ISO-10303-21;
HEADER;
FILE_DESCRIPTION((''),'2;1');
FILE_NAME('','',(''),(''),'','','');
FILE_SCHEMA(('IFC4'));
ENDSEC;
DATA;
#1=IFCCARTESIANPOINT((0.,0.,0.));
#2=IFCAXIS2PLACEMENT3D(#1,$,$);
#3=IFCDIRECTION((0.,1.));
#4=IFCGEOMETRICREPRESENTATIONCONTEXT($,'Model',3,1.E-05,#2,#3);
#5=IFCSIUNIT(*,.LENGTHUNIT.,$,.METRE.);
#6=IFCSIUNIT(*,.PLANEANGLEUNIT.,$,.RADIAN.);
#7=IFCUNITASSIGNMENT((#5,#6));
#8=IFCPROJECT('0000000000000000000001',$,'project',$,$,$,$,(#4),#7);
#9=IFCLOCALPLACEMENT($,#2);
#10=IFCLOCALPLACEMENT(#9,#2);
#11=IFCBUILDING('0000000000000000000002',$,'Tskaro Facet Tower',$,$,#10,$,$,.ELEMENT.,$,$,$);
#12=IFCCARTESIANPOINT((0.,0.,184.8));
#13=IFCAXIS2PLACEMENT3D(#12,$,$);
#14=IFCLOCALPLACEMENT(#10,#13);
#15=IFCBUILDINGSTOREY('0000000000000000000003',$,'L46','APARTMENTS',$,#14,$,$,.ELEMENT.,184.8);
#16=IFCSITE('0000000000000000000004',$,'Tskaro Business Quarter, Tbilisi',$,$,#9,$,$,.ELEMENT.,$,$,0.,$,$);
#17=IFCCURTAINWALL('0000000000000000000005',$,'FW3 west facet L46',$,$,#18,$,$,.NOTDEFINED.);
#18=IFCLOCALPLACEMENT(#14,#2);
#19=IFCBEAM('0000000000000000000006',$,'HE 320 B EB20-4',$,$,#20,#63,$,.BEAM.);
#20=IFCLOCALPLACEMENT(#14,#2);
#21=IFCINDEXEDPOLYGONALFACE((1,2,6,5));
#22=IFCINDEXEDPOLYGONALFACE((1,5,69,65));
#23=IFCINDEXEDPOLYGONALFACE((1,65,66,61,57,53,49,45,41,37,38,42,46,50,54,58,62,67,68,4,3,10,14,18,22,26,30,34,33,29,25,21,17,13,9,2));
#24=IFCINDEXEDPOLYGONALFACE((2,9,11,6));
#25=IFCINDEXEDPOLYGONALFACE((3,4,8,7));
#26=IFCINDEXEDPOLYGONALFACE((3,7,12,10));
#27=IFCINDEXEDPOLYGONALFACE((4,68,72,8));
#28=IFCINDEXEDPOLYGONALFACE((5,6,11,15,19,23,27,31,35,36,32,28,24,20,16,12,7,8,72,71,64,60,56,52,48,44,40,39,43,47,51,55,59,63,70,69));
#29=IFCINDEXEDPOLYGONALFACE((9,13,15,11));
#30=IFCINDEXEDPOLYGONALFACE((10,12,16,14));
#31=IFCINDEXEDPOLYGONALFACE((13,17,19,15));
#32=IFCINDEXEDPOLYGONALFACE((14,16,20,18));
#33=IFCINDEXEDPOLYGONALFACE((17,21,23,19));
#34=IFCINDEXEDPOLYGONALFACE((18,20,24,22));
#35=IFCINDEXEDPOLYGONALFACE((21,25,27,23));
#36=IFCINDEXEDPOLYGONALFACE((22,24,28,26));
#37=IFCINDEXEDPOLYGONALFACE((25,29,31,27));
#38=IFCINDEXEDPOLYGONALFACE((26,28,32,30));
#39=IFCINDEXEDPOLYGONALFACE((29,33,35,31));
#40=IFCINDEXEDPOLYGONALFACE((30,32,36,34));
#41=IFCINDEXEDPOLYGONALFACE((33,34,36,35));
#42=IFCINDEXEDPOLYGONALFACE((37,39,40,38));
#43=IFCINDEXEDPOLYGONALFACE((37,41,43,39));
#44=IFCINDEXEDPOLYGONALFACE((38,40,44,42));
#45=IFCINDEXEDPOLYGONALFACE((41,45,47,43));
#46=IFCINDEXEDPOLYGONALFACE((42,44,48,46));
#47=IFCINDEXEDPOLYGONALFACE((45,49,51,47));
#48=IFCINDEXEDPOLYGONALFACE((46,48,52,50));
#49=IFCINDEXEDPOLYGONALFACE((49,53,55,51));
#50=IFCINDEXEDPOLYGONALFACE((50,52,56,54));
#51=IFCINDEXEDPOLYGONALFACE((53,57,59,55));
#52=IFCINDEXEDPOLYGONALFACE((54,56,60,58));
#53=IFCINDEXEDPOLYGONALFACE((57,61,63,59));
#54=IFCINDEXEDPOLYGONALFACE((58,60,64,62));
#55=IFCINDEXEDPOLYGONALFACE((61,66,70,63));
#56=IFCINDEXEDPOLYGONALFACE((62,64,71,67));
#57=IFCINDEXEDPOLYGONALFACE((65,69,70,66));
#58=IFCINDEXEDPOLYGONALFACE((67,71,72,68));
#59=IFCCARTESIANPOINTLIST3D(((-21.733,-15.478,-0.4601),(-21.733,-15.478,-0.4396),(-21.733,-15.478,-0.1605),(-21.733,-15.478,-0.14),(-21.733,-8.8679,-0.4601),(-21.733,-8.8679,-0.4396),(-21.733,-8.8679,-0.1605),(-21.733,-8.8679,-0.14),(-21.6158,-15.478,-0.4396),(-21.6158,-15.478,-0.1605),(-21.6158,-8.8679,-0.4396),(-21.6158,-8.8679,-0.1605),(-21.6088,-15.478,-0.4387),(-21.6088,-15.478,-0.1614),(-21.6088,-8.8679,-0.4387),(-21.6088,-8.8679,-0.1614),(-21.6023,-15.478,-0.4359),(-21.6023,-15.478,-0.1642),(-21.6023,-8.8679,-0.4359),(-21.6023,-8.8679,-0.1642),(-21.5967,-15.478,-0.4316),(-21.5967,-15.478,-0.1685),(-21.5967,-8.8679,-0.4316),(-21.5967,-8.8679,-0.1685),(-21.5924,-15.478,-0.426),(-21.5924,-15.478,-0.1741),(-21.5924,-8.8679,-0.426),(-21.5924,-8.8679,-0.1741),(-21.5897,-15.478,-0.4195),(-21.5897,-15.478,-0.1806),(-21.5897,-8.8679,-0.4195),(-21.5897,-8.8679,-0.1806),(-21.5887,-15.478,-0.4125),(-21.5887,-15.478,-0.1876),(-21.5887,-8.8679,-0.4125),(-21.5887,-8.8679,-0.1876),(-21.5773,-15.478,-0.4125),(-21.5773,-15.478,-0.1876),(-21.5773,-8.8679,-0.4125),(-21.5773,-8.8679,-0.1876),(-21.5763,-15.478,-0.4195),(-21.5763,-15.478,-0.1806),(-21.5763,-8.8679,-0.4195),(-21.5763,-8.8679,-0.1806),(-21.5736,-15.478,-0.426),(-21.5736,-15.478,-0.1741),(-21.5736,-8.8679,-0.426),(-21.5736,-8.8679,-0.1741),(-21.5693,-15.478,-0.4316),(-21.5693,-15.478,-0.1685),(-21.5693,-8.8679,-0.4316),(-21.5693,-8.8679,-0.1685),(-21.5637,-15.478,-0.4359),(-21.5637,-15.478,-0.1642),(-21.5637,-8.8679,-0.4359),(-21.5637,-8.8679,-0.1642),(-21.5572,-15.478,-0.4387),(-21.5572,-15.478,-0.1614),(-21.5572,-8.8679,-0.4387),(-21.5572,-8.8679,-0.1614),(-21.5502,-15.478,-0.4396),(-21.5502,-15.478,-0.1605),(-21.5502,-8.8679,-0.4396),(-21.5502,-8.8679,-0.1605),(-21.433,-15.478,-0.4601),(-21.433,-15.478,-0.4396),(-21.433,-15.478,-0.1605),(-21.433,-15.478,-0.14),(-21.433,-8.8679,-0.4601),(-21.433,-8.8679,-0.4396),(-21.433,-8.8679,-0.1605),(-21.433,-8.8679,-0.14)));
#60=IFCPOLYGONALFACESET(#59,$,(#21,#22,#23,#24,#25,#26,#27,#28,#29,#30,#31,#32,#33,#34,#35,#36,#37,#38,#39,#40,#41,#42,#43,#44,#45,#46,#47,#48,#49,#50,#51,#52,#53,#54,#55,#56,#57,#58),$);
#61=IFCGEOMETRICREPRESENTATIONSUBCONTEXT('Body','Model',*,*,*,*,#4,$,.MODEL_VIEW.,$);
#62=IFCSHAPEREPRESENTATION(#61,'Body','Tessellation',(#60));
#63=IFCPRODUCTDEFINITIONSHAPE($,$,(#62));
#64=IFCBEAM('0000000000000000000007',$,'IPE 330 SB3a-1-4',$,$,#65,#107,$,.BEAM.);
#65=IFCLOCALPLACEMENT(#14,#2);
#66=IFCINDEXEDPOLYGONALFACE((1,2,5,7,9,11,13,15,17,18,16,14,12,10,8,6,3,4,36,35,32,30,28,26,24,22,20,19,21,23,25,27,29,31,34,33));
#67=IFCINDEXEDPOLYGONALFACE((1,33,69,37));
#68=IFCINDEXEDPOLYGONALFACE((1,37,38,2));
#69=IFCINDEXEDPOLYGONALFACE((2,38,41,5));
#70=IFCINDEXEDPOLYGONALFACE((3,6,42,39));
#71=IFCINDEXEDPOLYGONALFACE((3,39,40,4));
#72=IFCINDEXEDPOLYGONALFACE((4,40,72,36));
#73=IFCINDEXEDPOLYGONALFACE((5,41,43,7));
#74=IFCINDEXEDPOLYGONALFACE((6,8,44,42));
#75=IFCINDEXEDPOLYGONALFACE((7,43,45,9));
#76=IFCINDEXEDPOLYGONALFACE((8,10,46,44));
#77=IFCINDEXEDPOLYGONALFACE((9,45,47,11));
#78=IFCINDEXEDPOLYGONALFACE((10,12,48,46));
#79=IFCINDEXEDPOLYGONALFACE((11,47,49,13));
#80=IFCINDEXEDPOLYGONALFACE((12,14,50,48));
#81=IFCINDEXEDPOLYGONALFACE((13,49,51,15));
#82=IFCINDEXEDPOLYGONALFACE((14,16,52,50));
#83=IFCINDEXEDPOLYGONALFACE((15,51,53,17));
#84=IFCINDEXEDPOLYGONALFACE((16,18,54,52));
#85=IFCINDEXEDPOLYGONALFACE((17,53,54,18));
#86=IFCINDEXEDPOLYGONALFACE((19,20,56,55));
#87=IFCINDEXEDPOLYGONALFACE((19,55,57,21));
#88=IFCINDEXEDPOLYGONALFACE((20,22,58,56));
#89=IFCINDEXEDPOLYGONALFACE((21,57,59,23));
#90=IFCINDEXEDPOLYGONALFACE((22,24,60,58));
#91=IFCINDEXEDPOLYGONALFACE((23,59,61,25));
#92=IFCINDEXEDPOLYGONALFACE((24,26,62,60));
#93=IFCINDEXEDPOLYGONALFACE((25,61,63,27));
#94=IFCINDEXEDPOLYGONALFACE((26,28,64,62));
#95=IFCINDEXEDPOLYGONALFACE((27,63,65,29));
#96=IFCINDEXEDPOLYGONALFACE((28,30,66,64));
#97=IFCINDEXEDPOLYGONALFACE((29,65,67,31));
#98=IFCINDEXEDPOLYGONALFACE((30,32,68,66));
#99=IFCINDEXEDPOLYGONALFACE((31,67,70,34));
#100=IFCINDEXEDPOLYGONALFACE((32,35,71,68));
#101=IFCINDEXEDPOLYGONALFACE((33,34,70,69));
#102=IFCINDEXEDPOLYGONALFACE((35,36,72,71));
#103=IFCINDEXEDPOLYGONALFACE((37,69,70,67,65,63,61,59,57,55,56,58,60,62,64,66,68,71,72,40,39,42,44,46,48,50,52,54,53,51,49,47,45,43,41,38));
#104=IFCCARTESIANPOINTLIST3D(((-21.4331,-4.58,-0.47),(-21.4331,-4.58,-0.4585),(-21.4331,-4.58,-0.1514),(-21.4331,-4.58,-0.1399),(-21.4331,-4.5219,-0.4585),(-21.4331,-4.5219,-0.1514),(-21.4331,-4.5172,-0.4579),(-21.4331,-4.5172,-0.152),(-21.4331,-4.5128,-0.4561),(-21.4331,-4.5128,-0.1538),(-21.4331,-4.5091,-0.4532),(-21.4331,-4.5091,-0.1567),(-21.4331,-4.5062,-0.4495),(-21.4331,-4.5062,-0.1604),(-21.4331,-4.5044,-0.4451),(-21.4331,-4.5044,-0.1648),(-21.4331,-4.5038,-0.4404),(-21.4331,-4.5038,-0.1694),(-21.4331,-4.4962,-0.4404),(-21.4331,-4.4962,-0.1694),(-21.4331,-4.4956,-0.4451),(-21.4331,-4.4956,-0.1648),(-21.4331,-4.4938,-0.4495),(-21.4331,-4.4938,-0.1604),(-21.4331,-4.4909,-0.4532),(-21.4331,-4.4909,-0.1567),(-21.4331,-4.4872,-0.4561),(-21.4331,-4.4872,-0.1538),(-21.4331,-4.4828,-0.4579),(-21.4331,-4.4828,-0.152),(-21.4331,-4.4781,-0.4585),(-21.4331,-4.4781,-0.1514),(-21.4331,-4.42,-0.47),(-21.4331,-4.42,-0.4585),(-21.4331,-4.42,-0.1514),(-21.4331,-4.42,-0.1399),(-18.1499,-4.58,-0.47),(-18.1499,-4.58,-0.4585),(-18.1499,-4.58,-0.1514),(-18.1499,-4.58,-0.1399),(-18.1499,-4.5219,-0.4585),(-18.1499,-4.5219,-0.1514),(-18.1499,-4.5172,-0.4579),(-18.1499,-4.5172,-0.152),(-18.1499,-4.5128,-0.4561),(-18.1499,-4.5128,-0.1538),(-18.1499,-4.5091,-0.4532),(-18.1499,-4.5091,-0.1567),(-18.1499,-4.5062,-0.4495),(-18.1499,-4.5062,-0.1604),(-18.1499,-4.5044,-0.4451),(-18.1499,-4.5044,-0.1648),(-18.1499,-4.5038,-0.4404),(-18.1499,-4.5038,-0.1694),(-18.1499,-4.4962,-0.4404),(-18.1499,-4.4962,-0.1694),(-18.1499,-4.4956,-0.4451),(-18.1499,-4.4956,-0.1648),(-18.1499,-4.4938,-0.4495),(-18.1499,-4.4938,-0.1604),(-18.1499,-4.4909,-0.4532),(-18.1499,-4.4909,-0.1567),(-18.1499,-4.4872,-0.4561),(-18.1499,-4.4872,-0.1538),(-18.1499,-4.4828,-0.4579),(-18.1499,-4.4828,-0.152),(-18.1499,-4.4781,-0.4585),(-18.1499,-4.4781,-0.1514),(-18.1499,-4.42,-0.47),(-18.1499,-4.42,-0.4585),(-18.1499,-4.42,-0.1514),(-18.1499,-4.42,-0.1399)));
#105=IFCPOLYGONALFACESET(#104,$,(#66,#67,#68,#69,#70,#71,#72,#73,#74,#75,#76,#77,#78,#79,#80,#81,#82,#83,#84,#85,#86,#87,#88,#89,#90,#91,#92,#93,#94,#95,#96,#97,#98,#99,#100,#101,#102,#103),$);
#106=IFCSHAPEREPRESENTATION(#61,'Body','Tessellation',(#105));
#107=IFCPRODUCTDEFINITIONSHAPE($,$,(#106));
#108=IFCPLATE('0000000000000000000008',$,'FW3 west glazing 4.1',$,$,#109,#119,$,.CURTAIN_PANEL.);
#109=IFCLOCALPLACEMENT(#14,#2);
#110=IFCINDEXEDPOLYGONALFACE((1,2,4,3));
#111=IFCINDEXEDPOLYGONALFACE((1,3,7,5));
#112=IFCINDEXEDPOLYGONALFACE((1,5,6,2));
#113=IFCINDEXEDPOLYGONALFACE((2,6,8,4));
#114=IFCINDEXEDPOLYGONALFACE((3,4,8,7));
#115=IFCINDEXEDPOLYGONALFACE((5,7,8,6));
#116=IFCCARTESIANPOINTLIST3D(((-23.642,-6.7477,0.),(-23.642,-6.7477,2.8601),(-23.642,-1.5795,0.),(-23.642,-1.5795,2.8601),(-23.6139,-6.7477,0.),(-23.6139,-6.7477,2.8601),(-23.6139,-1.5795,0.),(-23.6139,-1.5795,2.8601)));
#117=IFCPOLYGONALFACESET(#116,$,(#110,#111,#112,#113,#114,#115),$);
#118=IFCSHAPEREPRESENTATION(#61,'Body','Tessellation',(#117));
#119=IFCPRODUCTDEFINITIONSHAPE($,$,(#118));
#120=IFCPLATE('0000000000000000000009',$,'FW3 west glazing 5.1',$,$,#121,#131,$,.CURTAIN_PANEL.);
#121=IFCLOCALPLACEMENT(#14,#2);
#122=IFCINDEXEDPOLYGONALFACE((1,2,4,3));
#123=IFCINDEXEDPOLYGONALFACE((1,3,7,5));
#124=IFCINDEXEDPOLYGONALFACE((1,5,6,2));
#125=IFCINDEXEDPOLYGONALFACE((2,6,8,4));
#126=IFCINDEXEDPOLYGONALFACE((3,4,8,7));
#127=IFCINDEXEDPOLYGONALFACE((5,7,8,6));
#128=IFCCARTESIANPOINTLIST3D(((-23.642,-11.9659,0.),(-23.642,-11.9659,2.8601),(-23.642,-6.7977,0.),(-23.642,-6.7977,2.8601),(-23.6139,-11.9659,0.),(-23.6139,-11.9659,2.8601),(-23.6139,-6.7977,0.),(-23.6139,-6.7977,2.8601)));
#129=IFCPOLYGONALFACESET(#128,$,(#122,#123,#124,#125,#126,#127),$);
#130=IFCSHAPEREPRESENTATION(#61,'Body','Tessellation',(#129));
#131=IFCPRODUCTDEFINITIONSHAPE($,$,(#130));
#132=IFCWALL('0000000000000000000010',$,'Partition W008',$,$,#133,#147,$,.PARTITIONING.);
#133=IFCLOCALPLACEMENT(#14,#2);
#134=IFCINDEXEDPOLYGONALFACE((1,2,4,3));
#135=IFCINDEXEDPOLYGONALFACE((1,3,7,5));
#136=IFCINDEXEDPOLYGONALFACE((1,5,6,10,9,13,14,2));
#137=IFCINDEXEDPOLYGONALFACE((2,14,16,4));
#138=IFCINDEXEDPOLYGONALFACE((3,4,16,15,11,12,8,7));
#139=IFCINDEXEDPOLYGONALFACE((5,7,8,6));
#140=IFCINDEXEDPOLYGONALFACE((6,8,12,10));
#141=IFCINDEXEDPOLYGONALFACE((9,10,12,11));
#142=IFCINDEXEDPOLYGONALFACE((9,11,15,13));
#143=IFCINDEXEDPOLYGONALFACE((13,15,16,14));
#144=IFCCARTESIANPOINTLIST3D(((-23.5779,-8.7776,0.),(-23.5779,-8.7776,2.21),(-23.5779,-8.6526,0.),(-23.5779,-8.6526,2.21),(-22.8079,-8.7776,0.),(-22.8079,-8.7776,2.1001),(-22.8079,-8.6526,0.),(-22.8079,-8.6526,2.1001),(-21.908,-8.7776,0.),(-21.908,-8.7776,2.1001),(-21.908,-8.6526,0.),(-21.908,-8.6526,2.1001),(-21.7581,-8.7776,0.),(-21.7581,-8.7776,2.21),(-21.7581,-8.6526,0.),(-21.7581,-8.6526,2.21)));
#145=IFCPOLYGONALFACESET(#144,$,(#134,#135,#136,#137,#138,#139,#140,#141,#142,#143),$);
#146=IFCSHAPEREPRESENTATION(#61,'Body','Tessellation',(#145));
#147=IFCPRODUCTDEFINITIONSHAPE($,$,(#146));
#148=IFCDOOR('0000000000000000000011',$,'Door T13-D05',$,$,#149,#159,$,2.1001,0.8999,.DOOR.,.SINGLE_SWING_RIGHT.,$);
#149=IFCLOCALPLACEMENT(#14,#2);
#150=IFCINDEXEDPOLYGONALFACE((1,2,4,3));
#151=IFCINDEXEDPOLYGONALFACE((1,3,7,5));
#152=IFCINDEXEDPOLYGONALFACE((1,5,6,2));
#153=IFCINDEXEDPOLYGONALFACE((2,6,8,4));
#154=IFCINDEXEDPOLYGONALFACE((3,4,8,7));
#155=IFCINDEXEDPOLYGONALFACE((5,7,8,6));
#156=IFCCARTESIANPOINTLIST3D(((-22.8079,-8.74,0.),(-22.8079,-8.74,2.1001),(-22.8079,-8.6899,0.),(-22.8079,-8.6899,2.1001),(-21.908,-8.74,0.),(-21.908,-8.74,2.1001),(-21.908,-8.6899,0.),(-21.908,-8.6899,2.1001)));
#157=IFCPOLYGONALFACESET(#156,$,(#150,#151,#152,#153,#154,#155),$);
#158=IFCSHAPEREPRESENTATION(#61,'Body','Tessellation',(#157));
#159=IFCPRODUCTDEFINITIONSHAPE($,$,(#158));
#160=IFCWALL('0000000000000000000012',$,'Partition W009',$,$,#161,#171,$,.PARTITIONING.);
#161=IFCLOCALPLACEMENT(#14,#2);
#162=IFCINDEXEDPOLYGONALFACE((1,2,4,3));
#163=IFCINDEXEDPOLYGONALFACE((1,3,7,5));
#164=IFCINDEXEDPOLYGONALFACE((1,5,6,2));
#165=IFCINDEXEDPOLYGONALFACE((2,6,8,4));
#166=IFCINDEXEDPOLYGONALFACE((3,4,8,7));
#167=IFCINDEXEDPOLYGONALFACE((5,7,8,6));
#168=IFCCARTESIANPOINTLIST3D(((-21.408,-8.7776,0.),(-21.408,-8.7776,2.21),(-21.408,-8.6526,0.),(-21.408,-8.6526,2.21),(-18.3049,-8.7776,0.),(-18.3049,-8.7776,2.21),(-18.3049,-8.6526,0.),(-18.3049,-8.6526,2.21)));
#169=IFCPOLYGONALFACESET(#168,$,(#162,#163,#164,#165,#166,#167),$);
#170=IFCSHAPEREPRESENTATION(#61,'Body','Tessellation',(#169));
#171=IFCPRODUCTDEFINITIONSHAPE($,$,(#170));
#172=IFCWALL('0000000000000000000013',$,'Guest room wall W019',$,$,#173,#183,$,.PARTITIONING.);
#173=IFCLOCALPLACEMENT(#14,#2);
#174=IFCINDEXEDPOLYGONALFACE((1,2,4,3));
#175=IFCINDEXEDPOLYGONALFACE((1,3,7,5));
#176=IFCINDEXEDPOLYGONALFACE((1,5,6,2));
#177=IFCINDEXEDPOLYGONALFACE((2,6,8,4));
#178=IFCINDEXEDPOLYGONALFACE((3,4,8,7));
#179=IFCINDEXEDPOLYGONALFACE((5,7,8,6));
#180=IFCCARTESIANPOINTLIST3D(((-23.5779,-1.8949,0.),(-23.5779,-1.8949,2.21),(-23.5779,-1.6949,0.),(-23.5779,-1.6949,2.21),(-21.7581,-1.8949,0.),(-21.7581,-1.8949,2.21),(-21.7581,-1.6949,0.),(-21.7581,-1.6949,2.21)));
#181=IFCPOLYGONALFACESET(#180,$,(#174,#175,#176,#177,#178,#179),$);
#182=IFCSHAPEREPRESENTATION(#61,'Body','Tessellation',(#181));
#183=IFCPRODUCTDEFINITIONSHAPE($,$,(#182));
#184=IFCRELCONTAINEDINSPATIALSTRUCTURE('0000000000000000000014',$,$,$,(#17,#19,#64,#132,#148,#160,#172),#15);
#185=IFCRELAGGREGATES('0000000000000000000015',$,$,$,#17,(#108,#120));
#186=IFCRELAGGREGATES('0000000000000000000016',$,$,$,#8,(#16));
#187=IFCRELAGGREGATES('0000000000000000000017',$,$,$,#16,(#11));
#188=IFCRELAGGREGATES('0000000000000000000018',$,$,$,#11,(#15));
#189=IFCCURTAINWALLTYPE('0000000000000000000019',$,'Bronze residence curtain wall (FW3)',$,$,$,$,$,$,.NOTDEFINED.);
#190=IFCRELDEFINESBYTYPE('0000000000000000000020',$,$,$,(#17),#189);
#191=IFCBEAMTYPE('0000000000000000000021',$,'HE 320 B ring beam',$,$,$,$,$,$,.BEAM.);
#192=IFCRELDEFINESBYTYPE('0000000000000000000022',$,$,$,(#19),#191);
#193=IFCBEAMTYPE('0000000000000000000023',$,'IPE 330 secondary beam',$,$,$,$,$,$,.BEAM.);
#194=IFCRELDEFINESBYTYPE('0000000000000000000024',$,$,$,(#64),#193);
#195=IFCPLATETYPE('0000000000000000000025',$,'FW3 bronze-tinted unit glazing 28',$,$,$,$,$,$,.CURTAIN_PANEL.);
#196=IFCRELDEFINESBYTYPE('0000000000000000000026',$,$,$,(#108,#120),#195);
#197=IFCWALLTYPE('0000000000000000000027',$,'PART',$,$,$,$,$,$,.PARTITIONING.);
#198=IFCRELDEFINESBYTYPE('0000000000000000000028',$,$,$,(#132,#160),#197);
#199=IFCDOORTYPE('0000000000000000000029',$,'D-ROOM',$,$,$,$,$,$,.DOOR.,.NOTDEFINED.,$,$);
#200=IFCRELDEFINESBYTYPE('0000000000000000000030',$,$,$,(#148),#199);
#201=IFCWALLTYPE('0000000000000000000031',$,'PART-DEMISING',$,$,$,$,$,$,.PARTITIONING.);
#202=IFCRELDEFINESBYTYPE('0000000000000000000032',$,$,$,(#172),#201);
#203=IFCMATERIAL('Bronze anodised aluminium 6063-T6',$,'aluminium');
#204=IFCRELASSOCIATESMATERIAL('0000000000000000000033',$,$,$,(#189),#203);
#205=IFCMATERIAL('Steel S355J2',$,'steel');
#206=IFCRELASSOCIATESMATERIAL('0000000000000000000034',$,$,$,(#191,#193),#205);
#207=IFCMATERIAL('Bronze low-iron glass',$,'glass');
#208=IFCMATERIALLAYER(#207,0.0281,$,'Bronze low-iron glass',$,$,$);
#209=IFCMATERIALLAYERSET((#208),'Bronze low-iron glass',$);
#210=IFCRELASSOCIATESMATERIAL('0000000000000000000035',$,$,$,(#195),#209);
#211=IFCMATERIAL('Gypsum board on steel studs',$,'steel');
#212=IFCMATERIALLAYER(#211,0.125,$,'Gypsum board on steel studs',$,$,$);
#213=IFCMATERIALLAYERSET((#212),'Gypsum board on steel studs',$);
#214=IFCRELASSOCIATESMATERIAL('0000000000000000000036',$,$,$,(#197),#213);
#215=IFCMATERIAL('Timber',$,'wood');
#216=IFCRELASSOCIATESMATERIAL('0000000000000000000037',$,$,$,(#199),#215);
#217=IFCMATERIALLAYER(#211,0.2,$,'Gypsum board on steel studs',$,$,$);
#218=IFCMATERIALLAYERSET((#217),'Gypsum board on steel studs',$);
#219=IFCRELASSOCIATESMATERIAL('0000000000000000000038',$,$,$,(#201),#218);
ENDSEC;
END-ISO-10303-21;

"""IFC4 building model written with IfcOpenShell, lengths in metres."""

from ifc_helpers import new_model, si_unit, direction, frame, frame_2d, origin, origin_2d, place, context, subcontext, project, spatial, rectangle, i_section, extrude, material, layer, layer_set, material_profile, profile_set, type_object, element, fill, aggregate, save


model = new_model("IFC4")

# Units and contexts
model_context = context("Model", 3, precision=1e-05, world=origin(), true_north=direction((0.0, 1.0)))
body_context = subcontext(model_context, "Body", "Model", "MODEL_VIEW")
ifc_project = project(units=[si_unit("LENGTHUNIT", "METRE"), si_unit("PLANEANGLEUNIT", "RADIAN")], contexts=[model_context])

# Site, building, storey
site_placement = place(None, origin())
site = spatial("IfcSite", under=ifc_project, at=site_placement, Name="Tskaro Business Quarter, Tbilisi", CompositionType="ELEMENT", RefElevation=0.0)
building_placement = place(site_placement, origin())
building = spatial("IfcBuilding", under=site, at=building_placement, Name="Tskaro Facet Tower", CompositionType="ELEMENT")
storey_placement = place(building_placement, frame((0.0, 0.0, 184.8)))
storey = spatial("IfcBuildingStorey", under=building, at=storey_placement, Name="L46", Description="APARTMENTS", CompositionType="ELEMENT", Elevation=184.8)

# Curtain wall
ifc_material_1 = material(Name="Bronze anodised aluminium 6063-T6", Category="aluminium")
curtain_wall_type = type_object("IfcCurtainWallType", Name="Bronze residence curtain wall (FW3)", PredefinedType="NOTDEFINED", material=ifc_material_1)
curtain_wall_placement = place(storey_placement, origin())
curtain_wall = element("IfcCurtainWall", 1, at=curtain_wall_placement, inside=storey, type_object=curtain_wall_type, Name="FW3 west facet L46", PredefinedType="NOTDEFINED")

# Beams
ifc_material_2 = material(Name="Steel S355J2", Category="steel")
ifc_material_profile_1 = material_profile(ifc_material_2, i_section(OverallWidth=0.3, OverallDepth=0.3201, WebThickness=0.0115, FlangeThickness=0.0205, FilletRadius=0.0271, at=origin_2d()), Name="HE 320 B")
ifc_profile_set_1 = profile_set([ifc_material_profile_1], Name="Steel S355J2")
beam_type_1 = type_object("IfcBeamType", Name="HE 320 B ring beam", PredefinedType="BEAM", material=ifc_profile_set_1)
for number, where, z_axis, x_axis, name in (
    (2, (-21.583, -8.8679, -0.3), (0.0, -1.0, 0.0), (1.0, 0.0, 0.0), "HE 320 B EB20-4"),
):
    element("IfcBeam", number, at=place(storey_placement, frame(where, z_axis=z_axis, x_axis=x_axis)), inside=storey, type_object=beam_type_1, Name=name, PredefinedType="BEAM", context=body_context, shape_type="SweptSolid", body=[
        extrude(i_section(OverallWidth=0.3, OverallDepth=0.3201, WebThickness=0.0115, FlangeThickness=0.0205, FilletRadius=0.0271, at=origin_2d()), origin(), (0.0, 0.0, 1.0), 6.6101),
    ])
ifc_material_profile_2 = material_profile(ifc_material_2, i_section(OverallWidth=0.1599, OverallDepth=0.3301, WebThickness=0.0076, FlangeThickness=0.0115, FilletRadius=0.0181, at=origin_2d()), Name="IPE 330")
ifc_profile_set_2 = profile_set([ifc_material_profile_2], Name="Steel S355J2")
beam_type_2 = type_object("IfcBeamType", Name="IPE 330 secondary beam", PredefinedType="BEAM", material=ifc_profile_set_2)
beam_placement = place(storey_placement, frame((-21.4331, -4.5, -0.3049), z_axis=(1.0, 0.0, 0.0), x_axis=(0.0, 1.0, 0.0)))
element("IfcBeam", 3, at=beam_placement, inside=storey, type_object=beam_type_2, Name="IPE 330 SB3a-1-4", PredefinedType="BEAM", context=body_context, shape_type="SweptSolid", body=[
    extrude(i_section(OverallWidth=0.1599, OverallDepth=0.3301, WebThickness=0.0076, FlangeThickness=0.0115, FilletRadius=0.0181, at=origin_2d()), origin(), (0.0, 0.0, 1.0), 3.2832),
])

# Plates
ifc_material_3 = material(Name="Bronze low-iron glass", Category="glass")
ifc_layer_1 = layer(ifc_material_3, 0.0281, Name="Bronze low-iron glass")
ifc_layer_set_1 = layer_set([ifc_layer_1], Name="Bronze low-iron glass")
plate_type = type_object("IfcPlateType", Name="FW3 bronze-tinted unit glazing 28", PredefinedType="CURTAIN_PANEL", material=ifc_layer_set_1)
plate_1_placement = place(storey_placement, frame((-23.6279, -4.1636, 0.0), z_axis=(0.0, 0.0, 1.0), x_axis=(0.0, -1.0, 0.0)))
plate_1 = element("IfcPlate", 4, at=plate_1_placement, type_object=plate_type, Name="FW3 west glazing 4.1", PredefinedType="CURTAIN_PANEL", context=body_context, shape_type="SweptSolid", body=[
    extrude(rectangle(XDim=5.1682, YDim=0.0281, at=origin_2d()), origin(), (0.0, 0.0, 1.0), 2.8601),
])
plate_2_placement = place(storey_placement, frame((-23.6279, -9.3818, 0.0), z_axis=(0.0, 0.0, 1.0), x_axis=(0.0, -1.0, 0.0)))
plate_2 = element("IfcPlate", 5, at=plate_2_placement, type_object=plate_type, Name="FW3 west glazing 5.1", PredefinedType="CURTAIN_PANEL", context=body_context, shape_type="SweptSolid", body=[
    extrude(rectangle(XDim=5.1682, YDim=0.0281, at=origin_2d()), origin(), (0.0, 0.0, 1.0), 2.8601),
])
aggregate(curtain_wall, [plate_1, plate_2])

# Wall, opening, door
ifc_material_4 = material(Name="Gypsum board on steel studs", Category="steel")
ifc_layer_2 = layer(ifc_material_4, 0.125, Name="Gypsum board on steel studs")
ifc_layer_set_2 = layer_set([ifc_layer_2], Name="Gypsum board on steel studs")
wall_type_1 = type_object("IfcWallType", Name="PART", PredefinedType="PARTITIONING", material=ifc_layer_set_2)
wall_1_placement = place(storey_placement, frame((-21.7581, -8.7151, 0.0), z_axis=(0.0, 0.0, 1.0), x_axis=(-1.0, 0.0, 0.0)))
wall_1 = element("IfcWall", 6, at=wall_1_placement, inside=storey, type_object=wall_type_1, Name="Partition W008", PredefinedType="PARTITIONING", context=body_context, shape_type="SweptSolid", body=[
    extrude(rectangle(XDim=1.8198, YDim=0.125, at=frame_2d((0.9099, 0.0))), origin(), (0.0, 0.0, 1.0), 2.21),
])
opening_placement = place(wall_1_placement, frame((0.1499, 0.0, 0.0)))
opening = element("IfcOpeningElement", 7, at=opening_placement, cuts=wall_1, PredefinedType="OPENING", context=body_context, shape_type="SweptSolid", body=[
    extrude(rectangle(XDim=0.8999, YDim=2.1001, at=frame_2d((0.45, 1.05))), frame((0.0, 0.0725, 0.0), z_axis=(0.0, -1.0, 0.0), x_axis=(1.0, 0.0, 0.0)), (0.0, 0.0, 1.0), 0.145),
])
ifc_material_5 = material(Name="Timber", Category="wood")
door_type = type_object("IfcDoorType", Name="D-ROOM", OperationType="NOTDEFINED", PredefinedType="DOOR", material=ifc_material_5)
door_placement = place(opening_placement, origin())
door = element("IfcDoor", 8, at=door_placement, inside=storey, type_object=door_type, Name="Door T13-D05", OperationType="SINGLE_SWING_RIGHT", OverallHeight=2.1001, OverallWidth=0.8999, PredefinedType="DOOR", context=body_context, shape_type="SweptSolid", body=[
    extrude(rectangle(XDim=0.8999, YDim=2.1001, at=frame_2d((0.45, 1.05))), frame((0.0, 0.0249, 0.0), z_axis=(0.0, -1.0, 0.0), x_axis=(1.0, 0.0, 0.0)), (0.0, 0.0, 1.0), 0.05),
])
fill(opening, door)

# Walls
wall_2_placement = place(storey_placement, frame((-21.408, -8.7151, 0.0), z_axis=(0.0, 0.0, 1.0), x_axis=(1.0, 0.0, 0.0)))
element("IfcWall", 9, at=wall_2_placement, inside=storey, type_object=wall_type_1, Name="Partition W009", PredefinedType="PARTITIONING", context=body_context, shape_type="SweptSolid", body=[
    extrude(rectangle(XDim=3.103, YDim=0.125, at=frame_2d((1.5515, 0.0))), origin(), (0.0, 0.0, 1.0), 2.21),
])
ifc_layer_3 = layer(ifc_material_4, 0.2, Name="Gypsum board on steel studs")
ifc_layer_set_3 = layer_set([ifc_layer_3], Name="Gypsum board on steel studs")
wall_type_2 = type_object("IfcWallType", Name="PART-DEMISING", PredefinedType="PARTITIONING", material=ifc_layer_set_3)
wall_3_placement = place(storey_placement, frame((-23.5779, -1.7949, 0.0), z_axis=(0.0, 0.0, 1.0), x_axis=(1.0, 0.0, 0.0)))
element("IfcWall", 10, at=wall_3_placement, inside=storey, type_object=wall_type_2, Name="Guest room wall W019", PredefinedType="PARTITIONING", context=body_context, shape_type="SweptSolid", body=[
    extrude(rectangle(XDim=1.8198, YDim=0.2, at=frame_2d((0.9099, 0.0))), origin(), (0.0, 0.0, 1.0), 2.21),
])

save(model, "model.ifc")
